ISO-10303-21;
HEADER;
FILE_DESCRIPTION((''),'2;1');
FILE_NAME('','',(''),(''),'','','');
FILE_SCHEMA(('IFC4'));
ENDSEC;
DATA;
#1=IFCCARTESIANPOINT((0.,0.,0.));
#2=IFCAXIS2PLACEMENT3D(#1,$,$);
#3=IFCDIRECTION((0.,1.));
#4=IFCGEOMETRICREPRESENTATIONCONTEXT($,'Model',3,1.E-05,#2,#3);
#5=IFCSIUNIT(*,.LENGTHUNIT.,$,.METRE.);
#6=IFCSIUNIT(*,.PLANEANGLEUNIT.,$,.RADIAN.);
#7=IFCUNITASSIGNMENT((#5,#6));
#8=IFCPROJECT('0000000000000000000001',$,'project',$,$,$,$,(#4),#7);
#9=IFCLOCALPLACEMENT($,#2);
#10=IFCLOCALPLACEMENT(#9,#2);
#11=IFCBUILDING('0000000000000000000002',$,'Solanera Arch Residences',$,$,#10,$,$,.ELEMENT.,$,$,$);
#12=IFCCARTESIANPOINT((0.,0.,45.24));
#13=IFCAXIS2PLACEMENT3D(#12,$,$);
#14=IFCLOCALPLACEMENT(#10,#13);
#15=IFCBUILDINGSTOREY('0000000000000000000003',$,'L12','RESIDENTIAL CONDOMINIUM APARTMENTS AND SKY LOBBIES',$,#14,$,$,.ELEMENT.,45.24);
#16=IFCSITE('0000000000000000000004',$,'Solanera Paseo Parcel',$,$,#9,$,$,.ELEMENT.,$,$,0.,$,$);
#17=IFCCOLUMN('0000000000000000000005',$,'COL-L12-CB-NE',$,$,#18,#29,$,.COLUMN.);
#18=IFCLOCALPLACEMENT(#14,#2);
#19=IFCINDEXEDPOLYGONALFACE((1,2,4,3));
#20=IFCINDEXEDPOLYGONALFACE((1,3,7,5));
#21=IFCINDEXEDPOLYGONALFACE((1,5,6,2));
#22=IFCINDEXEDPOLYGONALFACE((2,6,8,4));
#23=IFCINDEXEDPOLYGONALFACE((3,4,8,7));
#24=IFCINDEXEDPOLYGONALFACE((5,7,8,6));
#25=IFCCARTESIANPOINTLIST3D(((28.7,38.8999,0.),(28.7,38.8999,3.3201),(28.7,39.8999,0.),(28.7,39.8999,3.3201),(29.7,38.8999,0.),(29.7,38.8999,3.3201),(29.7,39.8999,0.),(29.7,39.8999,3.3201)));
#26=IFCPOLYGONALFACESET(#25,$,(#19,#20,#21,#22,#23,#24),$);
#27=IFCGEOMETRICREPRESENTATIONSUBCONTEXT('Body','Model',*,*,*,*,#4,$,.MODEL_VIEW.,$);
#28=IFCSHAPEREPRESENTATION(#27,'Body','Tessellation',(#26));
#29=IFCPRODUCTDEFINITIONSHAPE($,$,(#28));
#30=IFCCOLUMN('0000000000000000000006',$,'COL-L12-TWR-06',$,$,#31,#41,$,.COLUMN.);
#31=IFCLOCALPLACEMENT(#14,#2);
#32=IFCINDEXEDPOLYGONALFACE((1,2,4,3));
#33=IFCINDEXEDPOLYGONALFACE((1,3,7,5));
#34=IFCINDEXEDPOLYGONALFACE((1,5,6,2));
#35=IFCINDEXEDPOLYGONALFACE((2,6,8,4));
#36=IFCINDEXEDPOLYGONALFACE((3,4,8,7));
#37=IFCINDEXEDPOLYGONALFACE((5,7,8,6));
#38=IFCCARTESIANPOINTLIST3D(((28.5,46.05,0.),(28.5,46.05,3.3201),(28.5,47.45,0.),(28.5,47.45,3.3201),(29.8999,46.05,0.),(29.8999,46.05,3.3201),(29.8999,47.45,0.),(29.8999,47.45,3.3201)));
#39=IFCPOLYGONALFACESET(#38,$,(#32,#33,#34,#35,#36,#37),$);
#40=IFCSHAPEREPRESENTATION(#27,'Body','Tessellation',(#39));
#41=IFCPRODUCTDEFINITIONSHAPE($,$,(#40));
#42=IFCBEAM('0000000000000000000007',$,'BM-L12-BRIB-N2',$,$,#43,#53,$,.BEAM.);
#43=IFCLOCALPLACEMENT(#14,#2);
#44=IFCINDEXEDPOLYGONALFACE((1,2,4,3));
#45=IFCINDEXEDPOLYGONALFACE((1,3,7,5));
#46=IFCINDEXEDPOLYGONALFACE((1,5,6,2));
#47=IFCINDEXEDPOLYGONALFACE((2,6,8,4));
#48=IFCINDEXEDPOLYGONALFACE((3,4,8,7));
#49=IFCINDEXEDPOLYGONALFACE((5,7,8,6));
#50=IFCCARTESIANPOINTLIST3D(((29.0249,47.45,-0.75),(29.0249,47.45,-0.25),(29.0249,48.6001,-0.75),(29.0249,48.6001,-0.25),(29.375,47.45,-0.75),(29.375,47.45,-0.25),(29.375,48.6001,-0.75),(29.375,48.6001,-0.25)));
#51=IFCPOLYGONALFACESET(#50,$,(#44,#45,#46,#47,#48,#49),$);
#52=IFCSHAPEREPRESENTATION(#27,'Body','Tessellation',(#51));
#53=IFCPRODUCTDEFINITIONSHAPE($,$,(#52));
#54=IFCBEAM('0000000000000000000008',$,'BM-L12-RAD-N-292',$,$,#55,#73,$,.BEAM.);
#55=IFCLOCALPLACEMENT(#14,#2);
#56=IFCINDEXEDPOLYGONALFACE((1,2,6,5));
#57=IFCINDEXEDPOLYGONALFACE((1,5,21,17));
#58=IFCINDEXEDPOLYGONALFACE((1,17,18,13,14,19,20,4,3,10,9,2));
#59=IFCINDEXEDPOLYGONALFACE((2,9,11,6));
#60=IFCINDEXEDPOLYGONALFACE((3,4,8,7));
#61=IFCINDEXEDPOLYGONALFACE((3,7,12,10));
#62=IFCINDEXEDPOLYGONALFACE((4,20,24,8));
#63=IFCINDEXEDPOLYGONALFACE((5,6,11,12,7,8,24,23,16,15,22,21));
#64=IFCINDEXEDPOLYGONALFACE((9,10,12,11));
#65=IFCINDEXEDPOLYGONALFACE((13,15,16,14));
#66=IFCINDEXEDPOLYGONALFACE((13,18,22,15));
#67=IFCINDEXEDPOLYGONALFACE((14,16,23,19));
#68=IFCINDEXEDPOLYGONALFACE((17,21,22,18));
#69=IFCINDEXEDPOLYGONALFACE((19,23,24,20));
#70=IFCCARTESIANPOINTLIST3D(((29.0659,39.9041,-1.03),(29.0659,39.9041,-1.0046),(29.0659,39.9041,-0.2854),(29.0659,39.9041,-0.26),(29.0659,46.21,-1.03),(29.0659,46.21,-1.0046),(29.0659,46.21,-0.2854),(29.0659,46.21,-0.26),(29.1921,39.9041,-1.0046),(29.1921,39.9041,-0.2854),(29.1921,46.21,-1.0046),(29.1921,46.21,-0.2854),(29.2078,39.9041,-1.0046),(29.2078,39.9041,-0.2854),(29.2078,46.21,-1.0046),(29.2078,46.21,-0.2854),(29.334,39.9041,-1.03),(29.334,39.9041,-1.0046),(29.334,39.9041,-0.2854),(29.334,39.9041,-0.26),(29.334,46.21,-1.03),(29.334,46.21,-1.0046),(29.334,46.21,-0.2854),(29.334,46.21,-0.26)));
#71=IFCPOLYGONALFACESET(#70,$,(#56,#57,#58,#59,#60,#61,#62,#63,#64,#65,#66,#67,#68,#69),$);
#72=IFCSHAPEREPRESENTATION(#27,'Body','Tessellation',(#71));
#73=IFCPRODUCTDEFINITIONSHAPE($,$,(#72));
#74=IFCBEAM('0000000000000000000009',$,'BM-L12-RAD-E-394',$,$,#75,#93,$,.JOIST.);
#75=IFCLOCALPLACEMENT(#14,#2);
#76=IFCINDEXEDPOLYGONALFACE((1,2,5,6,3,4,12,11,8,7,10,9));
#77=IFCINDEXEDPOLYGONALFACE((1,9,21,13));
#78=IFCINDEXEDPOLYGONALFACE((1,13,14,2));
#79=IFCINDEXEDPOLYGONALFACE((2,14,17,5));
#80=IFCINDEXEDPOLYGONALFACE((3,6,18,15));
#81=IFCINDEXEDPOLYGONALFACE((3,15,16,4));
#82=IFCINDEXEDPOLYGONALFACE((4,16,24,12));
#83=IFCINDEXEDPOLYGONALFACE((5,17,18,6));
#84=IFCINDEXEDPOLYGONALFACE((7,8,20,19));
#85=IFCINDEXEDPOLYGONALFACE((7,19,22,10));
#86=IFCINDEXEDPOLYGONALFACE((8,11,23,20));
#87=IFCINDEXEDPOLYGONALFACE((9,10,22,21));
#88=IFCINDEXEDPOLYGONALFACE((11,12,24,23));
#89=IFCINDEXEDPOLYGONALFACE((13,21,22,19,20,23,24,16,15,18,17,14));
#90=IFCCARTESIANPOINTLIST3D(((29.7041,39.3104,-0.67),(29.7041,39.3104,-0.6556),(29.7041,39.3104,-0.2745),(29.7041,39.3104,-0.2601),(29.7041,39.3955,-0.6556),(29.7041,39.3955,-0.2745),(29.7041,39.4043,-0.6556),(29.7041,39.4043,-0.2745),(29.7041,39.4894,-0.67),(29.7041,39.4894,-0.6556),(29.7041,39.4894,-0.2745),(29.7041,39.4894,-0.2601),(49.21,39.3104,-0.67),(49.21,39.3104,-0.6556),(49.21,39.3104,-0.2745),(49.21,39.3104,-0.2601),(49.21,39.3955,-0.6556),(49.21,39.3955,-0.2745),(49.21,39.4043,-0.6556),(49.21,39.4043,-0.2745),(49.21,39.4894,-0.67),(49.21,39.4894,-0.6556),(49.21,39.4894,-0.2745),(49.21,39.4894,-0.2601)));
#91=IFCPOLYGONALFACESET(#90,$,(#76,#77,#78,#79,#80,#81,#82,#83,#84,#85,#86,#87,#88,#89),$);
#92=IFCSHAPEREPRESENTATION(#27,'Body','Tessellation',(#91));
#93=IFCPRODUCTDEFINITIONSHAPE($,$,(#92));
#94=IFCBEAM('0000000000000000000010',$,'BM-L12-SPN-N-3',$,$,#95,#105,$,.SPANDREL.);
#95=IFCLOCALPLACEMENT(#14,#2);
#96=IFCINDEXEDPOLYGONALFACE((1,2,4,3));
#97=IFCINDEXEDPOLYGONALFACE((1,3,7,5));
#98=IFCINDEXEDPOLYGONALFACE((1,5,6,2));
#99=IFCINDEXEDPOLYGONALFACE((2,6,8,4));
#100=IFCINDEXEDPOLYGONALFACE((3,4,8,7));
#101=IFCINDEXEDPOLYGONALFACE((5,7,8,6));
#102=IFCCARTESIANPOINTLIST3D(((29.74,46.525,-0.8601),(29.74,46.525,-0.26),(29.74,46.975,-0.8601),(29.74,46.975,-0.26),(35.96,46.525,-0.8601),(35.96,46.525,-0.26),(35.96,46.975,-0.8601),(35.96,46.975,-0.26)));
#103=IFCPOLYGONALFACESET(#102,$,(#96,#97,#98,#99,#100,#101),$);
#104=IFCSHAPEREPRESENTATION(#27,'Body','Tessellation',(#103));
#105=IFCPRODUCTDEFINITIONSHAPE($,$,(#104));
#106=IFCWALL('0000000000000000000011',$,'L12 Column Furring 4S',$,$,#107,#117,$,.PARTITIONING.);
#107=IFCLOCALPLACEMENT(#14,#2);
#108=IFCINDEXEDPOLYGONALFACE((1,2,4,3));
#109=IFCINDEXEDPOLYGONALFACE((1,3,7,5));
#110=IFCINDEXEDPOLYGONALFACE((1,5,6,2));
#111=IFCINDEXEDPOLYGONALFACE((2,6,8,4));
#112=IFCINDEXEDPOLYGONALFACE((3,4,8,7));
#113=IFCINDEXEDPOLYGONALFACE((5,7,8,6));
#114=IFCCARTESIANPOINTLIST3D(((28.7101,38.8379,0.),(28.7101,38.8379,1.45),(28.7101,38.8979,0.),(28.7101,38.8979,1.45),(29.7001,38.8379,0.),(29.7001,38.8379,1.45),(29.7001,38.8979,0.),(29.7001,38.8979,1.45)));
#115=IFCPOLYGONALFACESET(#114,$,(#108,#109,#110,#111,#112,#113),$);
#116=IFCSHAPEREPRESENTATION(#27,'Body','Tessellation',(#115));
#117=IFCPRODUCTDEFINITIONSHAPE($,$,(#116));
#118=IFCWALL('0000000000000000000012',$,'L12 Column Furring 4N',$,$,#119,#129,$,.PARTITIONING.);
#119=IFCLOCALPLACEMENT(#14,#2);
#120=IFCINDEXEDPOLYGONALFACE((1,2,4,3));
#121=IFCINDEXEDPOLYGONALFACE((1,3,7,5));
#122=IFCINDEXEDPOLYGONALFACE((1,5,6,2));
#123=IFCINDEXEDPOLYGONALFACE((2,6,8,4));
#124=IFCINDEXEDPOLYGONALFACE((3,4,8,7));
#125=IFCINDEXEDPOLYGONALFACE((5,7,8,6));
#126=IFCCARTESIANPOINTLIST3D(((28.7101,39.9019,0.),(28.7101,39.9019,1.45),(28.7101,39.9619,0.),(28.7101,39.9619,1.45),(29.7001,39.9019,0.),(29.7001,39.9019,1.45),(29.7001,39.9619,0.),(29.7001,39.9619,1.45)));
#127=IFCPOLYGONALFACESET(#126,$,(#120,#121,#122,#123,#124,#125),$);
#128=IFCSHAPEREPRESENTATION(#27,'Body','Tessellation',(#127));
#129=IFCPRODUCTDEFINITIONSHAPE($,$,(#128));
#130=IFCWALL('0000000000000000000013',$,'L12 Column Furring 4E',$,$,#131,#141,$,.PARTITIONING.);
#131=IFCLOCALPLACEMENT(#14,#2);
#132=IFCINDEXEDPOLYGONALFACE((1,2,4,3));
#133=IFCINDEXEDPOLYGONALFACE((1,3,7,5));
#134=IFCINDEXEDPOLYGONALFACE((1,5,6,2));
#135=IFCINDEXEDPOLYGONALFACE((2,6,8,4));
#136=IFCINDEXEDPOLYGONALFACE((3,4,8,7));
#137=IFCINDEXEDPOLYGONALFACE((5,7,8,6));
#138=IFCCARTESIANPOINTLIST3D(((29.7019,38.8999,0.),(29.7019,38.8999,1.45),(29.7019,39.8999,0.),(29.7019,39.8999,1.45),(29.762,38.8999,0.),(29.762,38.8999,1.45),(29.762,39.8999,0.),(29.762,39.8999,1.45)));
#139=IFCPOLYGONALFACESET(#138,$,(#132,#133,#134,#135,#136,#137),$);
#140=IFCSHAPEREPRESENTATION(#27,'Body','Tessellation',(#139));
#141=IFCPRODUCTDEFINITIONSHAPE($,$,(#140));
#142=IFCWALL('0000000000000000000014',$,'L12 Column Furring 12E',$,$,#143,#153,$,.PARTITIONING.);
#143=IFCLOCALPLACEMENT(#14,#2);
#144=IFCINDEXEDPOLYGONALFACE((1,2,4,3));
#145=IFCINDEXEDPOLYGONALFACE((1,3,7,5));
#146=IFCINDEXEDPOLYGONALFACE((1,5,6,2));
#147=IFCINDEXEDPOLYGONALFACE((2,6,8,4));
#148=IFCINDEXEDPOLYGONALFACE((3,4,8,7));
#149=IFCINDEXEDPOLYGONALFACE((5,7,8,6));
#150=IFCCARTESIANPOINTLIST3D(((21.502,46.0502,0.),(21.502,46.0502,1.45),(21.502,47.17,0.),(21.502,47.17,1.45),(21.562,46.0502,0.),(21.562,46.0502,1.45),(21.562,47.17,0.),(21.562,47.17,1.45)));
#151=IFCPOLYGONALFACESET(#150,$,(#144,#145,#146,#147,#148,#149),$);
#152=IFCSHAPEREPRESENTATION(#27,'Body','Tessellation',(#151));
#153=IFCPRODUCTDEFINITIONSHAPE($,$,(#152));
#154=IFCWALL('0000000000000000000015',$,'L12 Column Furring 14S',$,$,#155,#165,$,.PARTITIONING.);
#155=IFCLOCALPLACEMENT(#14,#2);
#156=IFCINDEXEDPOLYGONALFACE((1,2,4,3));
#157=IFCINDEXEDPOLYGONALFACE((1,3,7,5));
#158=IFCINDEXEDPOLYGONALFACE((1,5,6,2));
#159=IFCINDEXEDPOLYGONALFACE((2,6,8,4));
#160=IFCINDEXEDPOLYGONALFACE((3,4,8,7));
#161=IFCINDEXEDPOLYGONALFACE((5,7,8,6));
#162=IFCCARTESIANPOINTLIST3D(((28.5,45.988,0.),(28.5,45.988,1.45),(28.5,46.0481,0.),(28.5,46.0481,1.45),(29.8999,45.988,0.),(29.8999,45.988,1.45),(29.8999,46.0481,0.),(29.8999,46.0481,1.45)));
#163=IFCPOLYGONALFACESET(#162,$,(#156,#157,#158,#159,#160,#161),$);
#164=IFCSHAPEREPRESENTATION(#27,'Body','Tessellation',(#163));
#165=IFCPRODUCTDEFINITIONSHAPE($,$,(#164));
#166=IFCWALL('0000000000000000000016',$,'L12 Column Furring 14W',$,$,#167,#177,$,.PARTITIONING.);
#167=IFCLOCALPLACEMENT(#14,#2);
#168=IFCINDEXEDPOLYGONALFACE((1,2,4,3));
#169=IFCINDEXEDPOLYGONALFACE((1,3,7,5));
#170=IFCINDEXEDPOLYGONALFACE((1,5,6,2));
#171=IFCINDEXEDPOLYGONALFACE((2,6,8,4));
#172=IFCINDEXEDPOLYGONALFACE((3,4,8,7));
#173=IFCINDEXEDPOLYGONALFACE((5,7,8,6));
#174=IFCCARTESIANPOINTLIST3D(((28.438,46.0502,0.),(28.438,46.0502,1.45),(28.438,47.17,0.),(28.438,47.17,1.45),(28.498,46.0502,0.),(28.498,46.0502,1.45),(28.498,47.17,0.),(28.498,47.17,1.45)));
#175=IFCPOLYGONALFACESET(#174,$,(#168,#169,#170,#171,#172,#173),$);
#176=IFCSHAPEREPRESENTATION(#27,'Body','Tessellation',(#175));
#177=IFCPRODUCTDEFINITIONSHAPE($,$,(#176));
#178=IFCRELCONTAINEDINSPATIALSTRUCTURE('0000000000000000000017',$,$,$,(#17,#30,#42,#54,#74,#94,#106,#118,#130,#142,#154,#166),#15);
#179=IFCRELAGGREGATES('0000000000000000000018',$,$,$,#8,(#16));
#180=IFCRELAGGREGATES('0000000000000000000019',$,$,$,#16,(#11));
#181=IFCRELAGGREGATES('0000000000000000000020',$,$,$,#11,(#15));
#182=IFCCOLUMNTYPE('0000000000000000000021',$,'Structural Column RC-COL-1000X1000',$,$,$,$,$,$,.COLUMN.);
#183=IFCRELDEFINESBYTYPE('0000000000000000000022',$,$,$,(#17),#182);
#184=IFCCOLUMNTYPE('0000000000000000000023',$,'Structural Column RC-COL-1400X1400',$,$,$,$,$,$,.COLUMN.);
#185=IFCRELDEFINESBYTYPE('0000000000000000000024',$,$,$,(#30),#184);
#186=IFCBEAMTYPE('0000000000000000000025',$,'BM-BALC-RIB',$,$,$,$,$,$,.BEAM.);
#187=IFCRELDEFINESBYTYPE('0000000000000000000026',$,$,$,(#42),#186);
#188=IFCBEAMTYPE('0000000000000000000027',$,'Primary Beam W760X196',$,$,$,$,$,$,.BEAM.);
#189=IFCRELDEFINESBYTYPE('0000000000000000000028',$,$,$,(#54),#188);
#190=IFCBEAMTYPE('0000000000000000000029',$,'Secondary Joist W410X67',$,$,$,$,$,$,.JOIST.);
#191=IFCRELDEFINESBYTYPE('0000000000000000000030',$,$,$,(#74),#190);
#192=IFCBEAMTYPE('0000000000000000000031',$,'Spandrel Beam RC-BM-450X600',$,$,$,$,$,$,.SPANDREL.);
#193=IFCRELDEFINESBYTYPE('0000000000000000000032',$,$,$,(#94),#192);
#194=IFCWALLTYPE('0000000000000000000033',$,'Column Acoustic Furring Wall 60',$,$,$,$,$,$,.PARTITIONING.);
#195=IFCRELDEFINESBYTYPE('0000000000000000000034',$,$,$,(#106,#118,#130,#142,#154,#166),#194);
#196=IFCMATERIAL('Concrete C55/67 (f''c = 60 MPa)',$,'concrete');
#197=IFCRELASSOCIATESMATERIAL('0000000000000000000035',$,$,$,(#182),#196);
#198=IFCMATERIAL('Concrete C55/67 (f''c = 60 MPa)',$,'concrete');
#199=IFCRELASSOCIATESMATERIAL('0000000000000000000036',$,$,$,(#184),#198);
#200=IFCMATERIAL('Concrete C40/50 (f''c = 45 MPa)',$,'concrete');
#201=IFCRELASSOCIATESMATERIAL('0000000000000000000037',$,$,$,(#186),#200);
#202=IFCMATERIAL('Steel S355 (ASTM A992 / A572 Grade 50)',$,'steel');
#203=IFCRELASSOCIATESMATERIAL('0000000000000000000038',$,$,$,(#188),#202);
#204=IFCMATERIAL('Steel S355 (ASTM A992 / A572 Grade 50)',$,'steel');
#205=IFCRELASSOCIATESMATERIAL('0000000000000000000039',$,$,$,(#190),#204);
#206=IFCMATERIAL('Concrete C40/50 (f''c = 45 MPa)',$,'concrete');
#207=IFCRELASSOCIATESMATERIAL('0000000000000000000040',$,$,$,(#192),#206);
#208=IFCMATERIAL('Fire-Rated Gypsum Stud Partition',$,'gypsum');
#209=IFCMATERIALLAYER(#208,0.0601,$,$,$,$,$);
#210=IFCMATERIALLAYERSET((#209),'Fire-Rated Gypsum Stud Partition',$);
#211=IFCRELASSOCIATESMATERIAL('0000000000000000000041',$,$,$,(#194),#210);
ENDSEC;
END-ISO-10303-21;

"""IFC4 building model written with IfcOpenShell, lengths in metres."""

from ifc_helpers import new_model, si_unit, direction, frame, frame_2d, origin, origin_2d, place, context, subcontext, project, spatial, rectangle, i_section, extrude, material, layer, layer_set, material_profile, profile_set, type_object, element, save


model = new_model("IFC4")

# Units and contexts
model_context = context("Model", 3, precision=1e-05, world=origin(), true_north=direction((0.0, 1.0)))
body_context = subcontext(model_context, "Body", "Model", "MODEL_VIEW")
ifc_project = project(units=[si_unit("LENGTHUNIT", "METRE"), si_unit("PLANEANGLEUNIT", "RADIAN")], contexts=[model_context])

# Site, building, storey
site_placement = place(None, origin())
site = spatial("IfcSite", under=ifc_project, at=site_placement, Name="Solanera Paseo Parcel", CompositionType="ELEMENT", RefElevation=0.0)
building_placement = place(site_placement, origin())
building = spatial("IfcBuilding", under=site, at=building_placement, Name="Solanera Arch Residences", CompositionType="ELEMENT")
storey_placement = place(building_placement, frame((0.0, 0.0, 45.24)))
storey = spatial("IfcBuildingStorey", under=building, at=storey_placement, Name="L12", Description="RESIDENTIAL CONDOMINIUM APARTMENTS AND SKY LOBBIES", CompositionType="ELEMENT", Elevation=45.24)

# Columns
ifc_material_1 = material(Name="Concrete C55/67 (f'c = 60 MPa)", Category="concrete")
ifc_material_profile_1 = material_profile(ifc_material_1, rectangle(XDim=1.0, YDim=1.0, at=origin_2d()))
ifc_profile_set_1 = profile_set([ifc_material_profile_1], Name="Concrete C55/67 (f'c = 60 MPa)")
column_type_1 = type_object("IfcColumnType", Name="Structural Column RC-COL-1000X1000", PredefinedType="COLUMN", material=ifc_profile_set_1)
column_1_placement = place(storey_placement, frame((29.2, 39.3999, 0.0), z_axis=(0.0, 0.0, 1.0), x_axis=(1.0, 0.0, 0.0)))
element("IfcColumn", 1, at=column_1_placement, inside=storey, type_object=column_type_1, Name="COL-L12-CB-NE", PredefinedType="COLUMN", context=body_context, shape_type="SweptSolid", body=[
    extrude(rectangle(XDim=1.0, YDim=1.0, at=origin_2d()), origin(), (0.0, 0.0, 1.0), 3.3201),
])
ifc_material_2 = material(Name="Concrete C55/67 (f'c = 60 MPa)", Category="concrete")
ifc_material_profile_2 = material_profile(ifc_material_2, rectangle(XDim=1.3999, YDim=1.3999, at=origin_2d()))
ifc_profile_set_2 = profile_set([ifc_material_profile_2], Name="Concrete C55/67 (f'c = 60 MPa)")
column_type_2 = type_object("IfcColumnType", Name="Structural Column RC-COL-1400X1400", PredefinedType="COLUMN", material=ifc_profile_set_2)
column_2_placement = place(storey_placement, frame((29.2, 46.75, 0.0), z_axis=(0.0, 0.0, 1.0), x_axis=(1.0, 0.0, 0.0)))
element("IfcColumn", 2, at=column_2_placement, inside=storey, type_object=column_type_2, Name="COL-L12-TWR-06", PredefinedType="COLUMN", context=body_context, shape_type="SweptSolid", body=[
    extrude(rectangle(XDim=1.3999, YDim=1.3999, at=origin_2d()), origin(), (0.0, 0.0, 1.0), 3.3201),
])

# Beams
ifc_material_3 = material(Name="Concrete C40/50 (f'c = 45 MPa)", Category="concrete")
ifc_material_profile_3 = material_profile(ifc_material_3, rectangle(XDim=0.3501, YDim=0.5, at=origin_2d()))
ifc_profile_set_3 = profile_set([ifc_material_profile_3], Name="Concrete C40/50 (f'c = 45 MPa)")
beam_type_1 = type_object("IfcBeamType", Name="BM-BALC-RIB", PredefinedType="BEAM", material=ifc_profile_set_3)
beam_1_placement = place(storey_placement, frame((29.2, 47.45, -0.5), z_axis=(0.0, 1.0, 0.0), x_axis=(-1.0, 0.0, 0.0)))
element("IfcBeam", 3, at=beam_1_placement, inside=storey, type_object=beam_type_1, Name="BM-L12-BRIB-N2", PredefinedType="BEAM", context=body_context, shape_type="SweptSolid", body=[
    extrude(rectangle(XDim=0.3501, YDim=0.5, at=origin_2d()), origin(), (0.0, 0.0, 1.0), 1.1501),
])
ifc_material_4 = material(Name="Steel S355 (ASTM A992 / A572 Grade 50)", Category="steel")
ifc_material_profile_4 = material_profile(ifc_material_4, i_section(OverallWidth=0.2681, OverallDepth=0.77, WebThickness=0.0156, FlangeThickness=0.0254, at=origin_2d()))
ifc_profile_set_4 = profile_set([ifc_material_profile_4], Name="Steel S355 (ASTM A992 / A572 Grade 50)")
beam_type_2 = type_object("IfcBeamType", Name="Primary Beam W760X196", PredefinedType="BEAM", material=ifc_profile_set_4)
beam_2_placement = place(storey_placement, frame((29.2, 39.9041, -0.645), z_axis=(0.0, 1.0, 0.0), x_axis=(-1.0, 0.0, 0.0)))
element("IfcBeam", 4, at=beam_2_placement, inside=storey, type_object=beam_type_2, Name="BM-L12-RAD-N-292", PredefinedType="BEAM", context=body_context, shape_type="SweptSolid", body=[
    extrude(i_section(OverallWidth=0.2681, OverallDepth=0.77, WebThickness=0.0156, FlangeThickness=0.0254, at=origin_2d()), origin(), (0.0, 0.0, 1.0), 6.3059),
])
ifc_material_5 = material(Name="Steel S355 (ASTM A992 / A572 Grade 50)", Category="steel")
ifc_material_profile_5 = material_profile(ifc_material_5, i_section(OverallWidth=0.179, OverallDepth=0.4099, WebThickness=0.0088, FlangeThickness=0.0144, at=origin_2d()))
ifc_profile_set_5 = profile_set([ifc_material_profile_5], Name="Steel S355 (ASTM A992 / A572 Grade 50)")
beam_type_3 = type_object("IfcBeamType", Name="Secondary Joist W410X67", PredefinedType="JOIST", material=ifc_profile_set_5)
beam_3_placement = place(storey_placement, frame((29.7041, 39.3999, -0.4651), z_axis=(1.0, 0.0, 0.0), x_axis=(0.0, 1.0, 0.0)))
element("IfcBeam", 5, at=beam_3_placement, inside=storey, type_object=beam_type_3, Name="BM-L12-RAD-E-394", PredefinedType="JOIST", context=body_context, shape_type="SweptSolid", body=[
    extrude(i_section(OverallWidth=0.179, OverallDepth=0.4099, WebThickness=0.0088, FlangeThickness=0.0144, at=origin_2d()), origin(), (0.0, 0.0, 1.0), 19.5059),
])
ifc_material_6 = material(Name="Concrete C40/50 (f'c = 45 MPa)", Category="concrete")
ifc_material_profile_6 = material_profile(ifc_material_6, rectangle(XDim=0.45, YDim=0.6001, at=origin_2d()))
ifc_profile_set_6 = profile_set([ifc_material_profile_6], Name="Concrete C40/50 (f'c = 45 MPa)")
beam_type_4 = type_object("IfcBeamType", Name="Spandrel Beam RC-BM-450X600", PredefinedType="SPANDREL", material=ifc_profile_set_6)
beam_4_placement = place(storey_placement, frame((29.74, 46.75, -0.5601), z_axis=(1.0, 0.0, 0.0), x_axis=(0.0, 1.0, 0.0)))
element("IfcBeam", 6, at=beam_4_placement, inside=storey, type_object=beam_type_4, Name="BM-L12-SPN-N-3", PredefinedType="SPANDREL", context=body_context, shape_type="SweptSolid", body=[
    extrude(rectangle(XDim=0.45, YDim=0.6001, at=origin_2d()), origin(), (0.0, 0.0, 1.0), 6.22),
])

# Walls
ifc_material_7 = material(Name="Fire-Rated Gypsum Stud Partition", Category="gypsum")
ifc_layer_1 = layer(ifc_material_7, 0.0601)
ifc_layer_set_1 = layer_set([ifc_layer_1], Name="Fire-Rated Gypsum Stud Partition")
wall_type_1 = type_object("IfcWallType", Name="Column Acoustic Furring Wall 60", PredefinedType="PARTITIONING", material=ifc_layer_set_1)
for number, where, z_axis, x_axis, name in (
    (7, (28.71, 38.8679, 0.0), (0.0, 0.0, 1.0), (1.0, 0.0, 0.0), "L12 Column Furring 4S"),
    (8, (28.71, 39.9319, 0.0), (0.0, 0.0, 1.0), (1.0, 0.0, 0.0), "L12 Column Furring 4N"),
):
    element("IfcWall", number, at=place(storey_placement, frame(where, z_axis=z_axis, x_axis=x_axis)), inside=storey, type_object=wall_type_1, Name=name, PredefinedType="PARTITIONING", context=body_context, shape_type="SweptSolid", body=[
        extrude(rectangle(XDim=0.99, YDim=0.0601, at=frame_2d((0.4951, 0.0))), origin(), (0.0, 0.0, 1.0), 1.45),
    ])
wall_1_placement = place(storey_placement, frame((29.7319, 38.8999, 0.0), z_axis=(0.0, 0.0, 1.0), x_axis=(0.0, 1.0, 0.0)))
element("IfcWall", 9, at=wall_1_placement, inside=storey, type_object=wall_type_1, Name="L12 Column Furring 4E", PredefinedType="PARTITIONING", context=body_context, shape_type="SweptSolid", body=[
    extrude(rectangle(XDim=1.0, YDim=0.0601, at=frame_2d((0.5, 0.0))), origin(), (0.0, 0.0, 1.0), 1.45),
])
wall_2_placement = place(storey_placement, frame((21.532, 46.05, 0.0), z_axis=(0.0, 0.0, 1.0), x_axis=(0.0, 1.0, 0.0)))
element("IfcWall", 10, at=wall_2_placement, inside=storey, type_object=wall_type_1, Name="L12 Column Furring 12E", PredefinedType="PARTITIONING", context=body_context, shape_type="SweptSolid", body=[
    extrude(rectangle(XDim=1.1199, YDim=0.0601, at=frame_2d((0.5601, 0.0))), origin(), (0.0, 0.0, 1.0), 1.45),
])
wall_3_placement = place(storey_placement, frame((28.5, 46.0181, 0.0), z_axis=(0.0, 0.0, 1.0), x_axis=(1.0, 0.0, 0.0)))
element("IfcWall", 11, at=wall_3_placement, inside=storey, type_object=wall_type_1, Name="L12 Column Furring 14S", PredefinedType="PARTITIONING", context=body_context, shape_type="SweptSolid", body=[
    extrude(rectangle(XDim=1.3999, YDim=0.0601, at=frame_2d((0.7, 0.0))), origin(), (0.0, 0.0, 1.0), 1.45),
])
for number, where, z_axis, x_axis, name in (
    (12, (28.468, 46.05, 0.0), (0.0, 0.0, 1.0), (0.0, 1.0, 0.0), "L12 Column Furring 14W"),
):
    element("IfcWall", number, at=place(storey_placement, frame(where, z_axis=z_axis, x_axis=x_axis)), inside=storey, type_object=wall_type_1, Name=name, PredefinedType="PARTITIONING", context=body_context, shape_type="SweptSolid", body=[
        extrude(rectangle(XDim=1.1199, YDim=0.0601, at=frame_2d((0.5601, 0.0))), origin(), (0.0, 0.0, 1.0), 1.45),
    ])

save(model, "model.ifc")
